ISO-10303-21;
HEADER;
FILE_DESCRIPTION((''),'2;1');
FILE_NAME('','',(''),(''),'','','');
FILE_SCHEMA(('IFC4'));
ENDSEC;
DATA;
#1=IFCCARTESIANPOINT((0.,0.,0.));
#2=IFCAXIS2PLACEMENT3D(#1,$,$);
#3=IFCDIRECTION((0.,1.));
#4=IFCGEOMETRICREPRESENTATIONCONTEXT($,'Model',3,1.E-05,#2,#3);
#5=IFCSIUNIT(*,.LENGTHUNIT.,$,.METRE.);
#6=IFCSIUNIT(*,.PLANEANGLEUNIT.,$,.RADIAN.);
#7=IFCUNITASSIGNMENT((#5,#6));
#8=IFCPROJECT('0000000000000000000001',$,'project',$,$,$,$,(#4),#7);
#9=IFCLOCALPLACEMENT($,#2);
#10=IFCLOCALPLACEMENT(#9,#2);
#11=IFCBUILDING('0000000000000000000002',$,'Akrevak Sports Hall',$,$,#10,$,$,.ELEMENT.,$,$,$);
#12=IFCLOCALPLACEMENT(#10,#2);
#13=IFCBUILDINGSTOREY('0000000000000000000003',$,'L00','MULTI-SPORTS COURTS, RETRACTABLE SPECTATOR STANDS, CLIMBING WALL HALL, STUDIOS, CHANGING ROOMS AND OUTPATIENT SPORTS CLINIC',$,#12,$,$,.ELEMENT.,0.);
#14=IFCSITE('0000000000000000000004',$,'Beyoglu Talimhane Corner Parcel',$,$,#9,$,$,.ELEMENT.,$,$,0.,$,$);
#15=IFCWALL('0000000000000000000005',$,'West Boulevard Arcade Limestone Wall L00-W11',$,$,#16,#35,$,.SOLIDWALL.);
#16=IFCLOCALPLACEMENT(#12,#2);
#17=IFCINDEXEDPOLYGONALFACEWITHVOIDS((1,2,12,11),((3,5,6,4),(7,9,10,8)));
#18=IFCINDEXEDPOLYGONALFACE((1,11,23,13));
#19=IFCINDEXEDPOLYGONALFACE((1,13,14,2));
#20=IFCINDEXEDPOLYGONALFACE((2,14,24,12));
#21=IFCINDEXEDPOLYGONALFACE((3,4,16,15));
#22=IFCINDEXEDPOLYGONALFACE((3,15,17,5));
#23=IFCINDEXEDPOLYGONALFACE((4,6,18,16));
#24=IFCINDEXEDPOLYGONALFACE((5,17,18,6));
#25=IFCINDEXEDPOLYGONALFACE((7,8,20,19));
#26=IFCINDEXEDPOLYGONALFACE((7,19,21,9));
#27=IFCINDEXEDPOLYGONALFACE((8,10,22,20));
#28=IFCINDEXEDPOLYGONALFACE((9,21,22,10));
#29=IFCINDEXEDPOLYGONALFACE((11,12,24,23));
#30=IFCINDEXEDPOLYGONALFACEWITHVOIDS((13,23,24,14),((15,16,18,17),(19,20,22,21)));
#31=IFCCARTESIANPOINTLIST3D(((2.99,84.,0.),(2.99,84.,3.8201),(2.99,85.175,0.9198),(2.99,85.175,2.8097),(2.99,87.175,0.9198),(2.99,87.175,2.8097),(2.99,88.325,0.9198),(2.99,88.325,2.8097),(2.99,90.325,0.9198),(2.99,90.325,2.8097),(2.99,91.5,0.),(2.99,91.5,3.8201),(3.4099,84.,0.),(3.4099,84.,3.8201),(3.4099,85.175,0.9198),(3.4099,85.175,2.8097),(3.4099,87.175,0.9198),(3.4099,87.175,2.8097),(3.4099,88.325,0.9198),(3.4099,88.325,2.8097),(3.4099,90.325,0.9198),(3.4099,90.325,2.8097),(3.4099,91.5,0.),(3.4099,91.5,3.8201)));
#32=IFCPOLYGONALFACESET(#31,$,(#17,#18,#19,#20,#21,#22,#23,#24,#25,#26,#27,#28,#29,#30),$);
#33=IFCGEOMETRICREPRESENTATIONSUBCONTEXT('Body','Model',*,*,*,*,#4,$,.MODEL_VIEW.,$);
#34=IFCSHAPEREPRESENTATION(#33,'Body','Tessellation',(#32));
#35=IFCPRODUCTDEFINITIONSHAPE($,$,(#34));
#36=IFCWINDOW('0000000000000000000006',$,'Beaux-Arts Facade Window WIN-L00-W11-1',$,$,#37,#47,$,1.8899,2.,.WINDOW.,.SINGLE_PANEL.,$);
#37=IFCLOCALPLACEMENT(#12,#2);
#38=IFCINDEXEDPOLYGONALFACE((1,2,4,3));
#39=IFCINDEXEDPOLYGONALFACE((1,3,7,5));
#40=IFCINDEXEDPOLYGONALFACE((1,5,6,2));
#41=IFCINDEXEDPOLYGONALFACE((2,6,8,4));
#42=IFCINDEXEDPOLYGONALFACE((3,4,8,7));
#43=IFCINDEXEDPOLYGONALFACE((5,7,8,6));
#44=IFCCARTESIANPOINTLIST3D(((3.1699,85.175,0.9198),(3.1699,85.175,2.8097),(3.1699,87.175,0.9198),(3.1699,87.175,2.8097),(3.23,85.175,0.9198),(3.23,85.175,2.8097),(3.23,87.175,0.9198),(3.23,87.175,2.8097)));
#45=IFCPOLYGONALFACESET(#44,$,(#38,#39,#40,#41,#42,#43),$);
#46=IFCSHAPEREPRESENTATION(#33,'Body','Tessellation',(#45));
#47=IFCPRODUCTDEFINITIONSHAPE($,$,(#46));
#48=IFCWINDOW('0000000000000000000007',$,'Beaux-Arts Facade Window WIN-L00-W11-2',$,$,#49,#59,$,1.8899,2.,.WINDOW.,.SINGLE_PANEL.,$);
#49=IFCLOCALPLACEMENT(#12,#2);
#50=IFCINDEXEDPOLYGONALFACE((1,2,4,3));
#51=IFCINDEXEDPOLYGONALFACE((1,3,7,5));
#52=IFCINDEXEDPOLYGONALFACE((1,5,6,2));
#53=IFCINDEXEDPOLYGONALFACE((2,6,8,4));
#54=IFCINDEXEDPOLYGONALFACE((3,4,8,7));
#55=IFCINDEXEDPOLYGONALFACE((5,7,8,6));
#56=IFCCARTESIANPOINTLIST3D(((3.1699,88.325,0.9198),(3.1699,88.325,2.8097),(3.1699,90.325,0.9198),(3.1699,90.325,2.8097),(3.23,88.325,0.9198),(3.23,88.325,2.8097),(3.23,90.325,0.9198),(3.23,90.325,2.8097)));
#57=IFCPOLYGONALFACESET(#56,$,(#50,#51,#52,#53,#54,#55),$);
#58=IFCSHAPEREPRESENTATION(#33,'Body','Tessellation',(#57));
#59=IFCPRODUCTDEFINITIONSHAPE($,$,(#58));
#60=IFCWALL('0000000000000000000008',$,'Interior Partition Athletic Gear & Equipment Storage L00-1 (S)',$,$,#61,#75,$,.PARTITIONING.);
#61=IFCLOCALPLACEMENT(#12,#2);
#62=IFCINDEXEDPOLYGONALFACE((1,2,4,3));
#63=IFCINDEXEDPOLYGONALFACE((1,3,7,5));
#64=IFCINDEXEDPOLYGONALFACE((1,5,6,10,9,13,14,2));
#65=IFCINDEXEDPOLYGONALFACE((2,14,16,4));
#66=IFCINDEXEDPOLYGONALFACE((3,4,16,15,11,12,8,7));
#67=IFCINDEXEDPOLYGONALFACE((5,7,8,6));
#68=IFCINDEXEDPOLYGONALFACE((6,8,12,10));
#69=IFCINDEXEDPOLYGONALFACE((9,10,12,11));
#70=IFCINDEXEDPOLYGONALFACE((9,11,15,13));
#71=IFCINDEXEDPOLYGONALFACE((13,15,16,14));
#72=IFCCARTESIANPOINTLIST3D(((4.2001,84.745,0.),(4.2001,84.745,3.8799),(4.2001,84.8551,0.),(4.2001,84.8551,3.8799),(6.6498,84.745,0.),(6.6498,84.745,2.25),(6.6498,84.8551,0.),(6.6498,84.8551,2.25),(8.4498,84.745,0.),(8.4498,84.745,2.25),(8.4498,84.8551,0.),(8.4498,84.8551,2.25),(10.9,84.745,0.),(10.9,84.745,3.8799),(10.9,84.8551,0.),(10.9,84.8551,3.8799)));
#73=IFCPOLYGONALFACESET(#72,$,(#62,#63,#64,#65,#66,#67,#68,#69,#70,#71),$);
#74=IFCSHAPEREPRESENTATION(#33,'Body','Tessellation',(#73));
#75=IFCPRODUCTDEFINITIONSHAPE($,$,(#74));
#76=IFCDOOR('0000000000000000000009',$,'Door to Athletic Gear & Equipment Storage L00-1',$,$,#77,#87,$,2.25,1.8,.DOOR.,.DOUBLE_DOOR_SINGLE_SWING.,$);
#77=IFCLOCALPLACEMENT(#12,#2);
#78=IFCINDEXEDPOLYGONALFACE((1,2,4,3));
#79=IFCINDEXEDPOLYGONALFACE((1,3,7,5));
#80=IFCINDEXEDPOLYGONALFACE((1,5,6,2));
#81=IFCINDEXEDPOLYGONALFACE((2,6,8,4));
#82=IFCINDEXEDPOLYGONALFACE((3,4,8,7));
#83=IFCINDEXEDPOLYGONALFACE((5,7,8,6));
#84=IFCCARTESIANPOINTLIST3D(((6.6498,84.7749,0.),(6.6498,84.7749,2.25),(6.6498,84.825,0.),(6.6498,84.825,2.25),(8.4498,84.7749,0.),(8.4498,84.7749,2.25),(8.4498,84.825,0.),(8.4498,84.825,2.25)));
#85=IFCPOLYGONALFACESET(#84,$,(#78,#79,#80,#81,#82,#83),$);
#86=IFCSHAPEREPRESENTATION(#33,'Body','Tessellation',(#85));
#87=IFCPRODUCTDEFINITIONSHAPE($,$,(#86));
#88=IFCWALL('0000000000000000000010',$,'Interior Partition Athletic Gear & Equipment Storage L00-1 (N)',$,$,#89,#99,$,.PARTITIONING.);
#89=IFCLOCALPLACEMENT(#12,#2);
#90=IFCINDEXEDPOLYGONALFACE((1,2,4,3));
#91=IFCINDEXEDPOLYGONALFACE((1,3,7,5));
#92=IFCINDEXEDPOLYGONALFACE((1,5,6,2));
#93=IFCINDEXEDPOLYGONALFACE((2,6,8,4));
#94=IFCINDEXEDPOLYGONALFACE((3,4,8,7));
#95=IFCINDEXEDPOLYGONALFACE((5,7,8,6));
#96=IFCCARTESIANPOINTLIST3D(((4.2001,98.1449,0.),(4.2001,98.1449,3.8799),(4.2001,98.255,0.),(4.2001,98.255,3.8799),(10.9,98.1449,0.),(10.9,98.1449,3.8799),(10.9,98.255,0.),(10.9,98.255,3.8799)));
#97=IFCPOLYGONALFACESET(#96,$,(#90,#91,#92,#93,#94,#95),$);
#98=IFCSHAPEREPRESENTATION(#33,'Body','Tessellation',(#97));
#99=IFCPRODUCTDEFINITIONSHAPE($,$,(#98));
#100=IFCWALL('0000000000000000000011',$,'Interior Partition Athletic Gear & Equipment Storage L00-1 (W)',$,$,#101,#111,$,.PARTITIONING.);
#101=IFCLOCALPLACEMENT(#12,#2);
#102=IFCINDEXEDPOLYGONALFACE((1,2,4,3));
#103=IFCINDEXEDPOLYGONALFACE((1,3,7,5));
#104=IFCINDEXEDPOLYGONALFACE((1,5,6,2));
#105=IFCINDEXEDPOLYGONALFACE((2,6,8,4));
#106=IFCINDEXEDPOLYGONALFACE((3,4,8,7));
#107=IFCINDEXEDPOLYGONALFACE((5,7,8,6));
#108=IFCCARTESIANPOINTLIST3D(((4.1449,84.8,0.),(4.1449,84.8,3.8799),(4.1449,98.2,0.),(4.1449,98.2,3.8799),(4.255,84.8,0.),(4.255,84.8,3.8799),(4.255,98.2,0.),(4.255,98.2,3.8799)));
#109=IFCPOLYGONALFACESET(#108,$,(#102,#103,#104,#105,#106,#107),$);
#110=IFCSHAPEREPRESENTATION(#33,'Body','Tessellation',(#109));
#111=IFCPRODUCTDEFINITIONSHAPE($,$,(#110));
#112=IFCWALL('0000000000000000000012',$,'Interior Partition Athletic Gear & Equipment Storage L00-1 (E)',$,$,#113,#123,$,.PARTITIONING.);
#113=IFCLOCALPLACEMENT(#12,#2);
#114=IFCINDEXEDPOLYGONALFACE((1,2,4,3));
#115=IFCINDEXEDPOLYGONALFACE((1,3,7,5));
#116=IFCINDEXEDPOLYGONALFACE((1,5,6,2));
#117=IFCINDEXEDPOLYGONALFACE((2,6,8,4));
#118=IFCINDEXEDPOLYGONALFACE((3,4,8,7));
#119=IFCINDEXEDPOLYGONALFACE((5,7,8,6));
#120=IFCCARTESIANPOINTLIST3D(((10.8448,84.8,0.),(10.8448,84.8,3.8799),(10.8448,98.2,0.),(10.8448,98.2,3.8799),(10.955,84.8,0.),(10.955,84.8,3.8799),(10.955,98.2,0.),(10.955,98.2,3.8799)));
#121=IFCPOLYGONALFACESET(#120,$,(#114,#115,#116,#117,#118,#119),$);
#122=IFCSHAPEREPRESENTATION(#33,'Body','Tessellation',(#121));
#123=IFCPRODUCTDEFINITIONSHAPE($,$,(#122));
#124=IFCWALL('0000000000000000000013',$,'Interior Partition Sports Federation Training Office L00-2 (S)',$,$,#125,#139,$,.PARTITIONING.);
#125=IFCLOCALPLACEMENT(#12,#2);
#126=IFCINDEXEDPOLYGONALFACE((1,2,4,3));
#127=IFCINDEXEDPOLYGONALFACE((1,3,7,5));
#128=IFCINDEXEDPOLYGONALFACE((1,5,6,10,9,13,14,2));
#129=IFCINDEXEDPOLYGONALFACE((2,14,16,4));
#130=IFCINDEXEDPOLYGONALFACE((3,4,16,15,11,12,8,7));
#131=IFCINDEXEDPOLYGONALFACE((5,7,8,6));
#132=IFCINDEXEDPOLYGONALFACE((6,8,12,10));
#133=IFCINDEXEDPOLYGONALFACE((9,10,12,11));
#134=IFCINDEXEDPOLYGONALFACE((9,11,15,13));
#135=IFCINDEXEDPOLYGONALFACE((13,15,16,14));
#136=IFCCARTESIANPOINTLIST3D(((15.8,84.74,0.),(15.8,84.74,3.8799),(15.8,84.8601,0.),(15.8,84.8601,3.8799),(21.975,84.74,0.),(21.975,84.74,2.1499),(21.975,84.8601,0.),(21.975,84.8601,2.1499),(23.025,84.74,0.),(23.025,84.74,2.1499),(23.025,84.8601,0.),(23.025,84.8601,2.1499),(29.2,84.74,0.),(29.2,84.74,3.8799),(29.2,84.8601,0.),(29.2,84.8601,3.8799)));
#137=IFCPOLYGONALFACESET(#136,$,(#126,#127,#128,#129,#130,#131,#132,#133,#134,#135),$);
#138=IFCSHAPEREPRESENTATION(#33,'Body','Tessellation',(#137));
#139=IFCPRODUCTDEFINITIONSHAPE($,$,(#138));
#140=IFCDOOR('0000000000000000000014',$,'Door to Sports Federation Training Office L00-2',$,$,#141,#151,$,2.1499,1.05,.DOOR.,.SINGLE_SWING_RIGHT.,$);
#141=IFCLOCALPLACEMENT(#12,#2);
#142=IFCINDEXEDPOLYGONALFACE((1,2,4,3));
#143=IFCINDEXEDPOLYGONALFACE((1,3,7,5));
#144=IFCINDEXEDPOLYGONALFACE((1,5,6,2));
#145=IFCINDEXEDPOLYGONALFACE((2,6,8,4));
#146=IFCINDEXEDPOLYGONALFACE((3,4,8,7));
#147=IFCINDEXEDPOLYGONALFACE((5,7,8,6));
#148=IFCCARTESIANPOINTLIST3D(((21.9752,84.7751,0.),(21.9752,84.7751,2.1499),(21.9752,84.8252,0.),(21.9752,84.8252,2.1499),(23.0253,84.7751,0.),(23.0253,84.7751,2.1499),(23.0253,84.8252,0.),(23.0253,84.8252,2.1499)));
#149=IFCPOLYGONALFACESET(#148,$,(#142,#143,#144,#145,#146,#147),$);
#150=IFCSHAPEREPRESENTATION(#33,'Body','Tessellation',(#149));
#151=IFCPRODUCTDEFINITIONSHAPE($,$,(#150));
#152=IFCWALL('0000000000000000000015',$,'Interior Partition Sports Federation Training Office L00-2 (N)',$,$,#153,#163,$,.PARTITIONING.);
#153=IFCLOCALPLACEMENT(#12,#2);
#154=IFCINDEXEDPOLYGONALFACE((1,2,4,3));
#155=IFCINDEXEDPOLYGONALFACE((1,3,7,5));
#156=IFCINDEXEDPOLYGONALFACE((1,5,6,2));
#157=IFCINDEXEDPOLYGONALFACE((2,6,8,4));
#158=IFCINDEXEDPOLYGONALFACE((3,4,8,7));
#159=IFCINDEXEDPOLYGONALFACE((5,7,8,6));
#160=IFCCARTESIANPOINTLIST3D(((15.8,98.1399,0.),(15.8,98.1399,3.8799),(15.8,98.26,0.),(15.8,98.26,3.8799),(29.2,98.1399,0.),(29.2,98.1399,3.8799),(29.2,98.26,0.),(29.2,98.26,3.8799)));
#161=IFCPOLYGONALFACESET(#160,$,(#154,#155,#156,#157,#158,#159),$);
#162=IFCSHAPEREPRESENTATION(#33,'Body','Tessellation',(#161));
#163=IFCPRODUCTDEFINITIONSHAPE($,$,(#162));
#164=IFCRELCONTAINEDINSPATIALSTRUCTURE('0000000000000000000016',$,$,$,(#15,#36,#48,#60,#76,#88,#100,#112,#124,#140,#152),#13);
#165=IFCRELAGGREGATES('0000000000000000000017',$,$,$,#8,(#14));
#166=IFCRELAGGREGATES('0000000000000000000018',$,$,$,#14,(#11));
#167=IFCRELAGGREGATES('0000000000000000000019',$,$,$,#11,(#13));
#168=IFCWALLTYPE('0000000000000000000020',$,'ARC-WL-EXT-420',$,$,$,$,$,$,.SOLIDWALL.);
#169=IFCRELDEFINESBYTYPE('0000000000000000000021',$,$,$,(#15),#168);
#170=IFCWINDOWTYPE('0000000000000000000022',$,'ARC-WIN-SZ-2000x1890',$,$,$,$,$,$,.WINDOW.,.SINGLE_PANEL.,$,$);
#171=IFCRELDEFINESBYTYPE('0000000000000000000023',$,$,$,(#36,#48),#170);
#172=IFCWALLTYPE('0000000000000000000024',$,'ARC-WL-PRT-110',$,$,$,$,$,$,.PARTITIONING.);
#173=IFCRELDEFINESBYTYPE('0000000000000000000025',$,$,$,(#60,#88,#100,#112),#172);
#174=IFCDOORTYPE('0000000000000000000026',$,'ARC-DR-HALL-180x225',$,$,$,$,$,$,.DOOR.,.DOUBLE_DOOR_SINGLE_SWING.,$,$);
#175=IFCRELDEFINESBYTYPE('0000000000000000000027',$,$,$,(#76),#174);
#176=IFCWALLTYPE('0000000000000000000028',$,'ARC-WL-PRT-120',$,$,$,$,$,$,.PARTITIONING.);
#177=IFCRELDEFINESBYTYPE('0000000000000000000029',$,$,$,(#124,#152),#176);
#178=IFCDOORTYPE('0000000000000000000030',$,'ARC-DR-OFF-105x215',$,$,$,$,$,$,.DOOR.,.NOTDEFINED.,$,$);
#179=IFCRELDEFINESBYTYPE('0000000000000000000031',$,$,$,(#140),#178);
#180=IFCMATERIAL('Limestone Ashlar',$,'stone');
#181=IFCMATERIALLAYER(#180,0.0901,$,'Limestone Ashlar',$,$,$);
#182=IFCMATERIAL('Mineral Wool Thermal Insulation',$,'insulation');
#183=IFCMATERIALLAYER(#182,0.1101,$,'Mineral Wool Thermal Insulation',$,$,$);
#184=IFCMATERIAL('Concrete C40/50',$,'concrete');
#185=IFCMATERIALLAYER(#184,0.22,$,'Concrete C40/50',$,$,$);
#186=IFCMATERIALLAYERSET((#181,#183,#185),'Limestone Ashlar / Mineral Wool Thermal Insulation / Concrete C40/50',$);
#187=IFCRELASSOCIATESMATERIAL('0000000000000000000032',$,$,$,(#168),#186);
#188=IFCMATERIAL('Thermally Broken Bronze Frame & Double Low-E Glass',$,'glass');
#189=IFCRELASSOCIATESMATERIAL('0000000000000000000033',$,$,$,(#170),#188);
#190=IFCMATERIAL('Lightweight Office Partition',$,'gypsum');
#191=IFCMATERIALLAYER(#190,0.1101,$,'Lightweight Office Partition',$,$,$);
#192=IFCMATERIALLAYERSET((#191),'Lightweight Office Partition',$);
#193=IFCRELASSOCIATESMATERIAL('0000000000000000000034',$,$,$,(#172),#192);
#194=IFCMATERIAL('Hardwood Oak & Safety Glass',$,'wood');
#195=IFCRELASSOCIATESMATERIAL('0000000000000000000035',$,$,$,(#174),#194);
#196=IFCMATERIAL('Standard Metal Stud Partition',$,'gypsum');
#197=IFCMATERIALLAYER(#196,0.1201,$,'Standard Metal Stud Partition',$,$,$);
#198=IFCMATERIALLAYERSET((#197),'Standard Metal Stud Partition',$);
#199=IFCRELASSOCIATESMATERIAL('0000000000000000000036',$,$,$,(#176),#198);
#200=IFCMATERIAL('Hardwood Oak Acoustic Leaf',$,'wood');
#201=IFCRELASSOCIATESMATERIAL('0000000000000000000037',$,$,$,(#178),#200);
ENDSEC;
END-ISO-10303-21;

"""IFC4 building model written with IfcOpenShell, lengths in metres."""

from ifc_helpers import new_model, si_unit, direction, frame, frame_2d, origin, place, context, subcontext, project, spatial, rectangle, extrude, material, layer, layer_set, type_object, element, fill, save


model = new_model("IFC4")

# Units and contexts
model_context = context("Model", 3, precision=1e-05, world=origin(), true_north=direction((0.0, 1.0)))
body_context = subcontext(model_context, "Body", "Model", "MODEL_VIEW")
ifc_project = project(units=[si_unit("LENGTHUNIT", "METRE"), si_unit("PLANEANGLEUNIT", "RADIAN")], contexts=[model_context])

# Site, building, storey
site_placement = place(None, origin())
site = spatial("IfcSite", under=ifc_project, at=site_placement, Name="Beyoglu Talimhane Corner Parcel", CompositionType="ELEMENT", RefElevation=0.0)
building_placement = place(site_placement, origin())
building = spatial("IfcBuilding", under=site, at=building_placement, Name="Akrevak Sports Hall", CompositionType="ELEMENT")
storey_placement = place(building_placement, origin())
storey = spatial("IfcBuildingStorey", under=building, at=storey_placement, Name="L00", Description="MULTI-SPORTS COURTS, RETRACTABLE SPECTATOR STANDS, CLIMBING WALL HALL, STUDIOS, CHANGING ROOMS AND OUTPATIENT SPORTS CLINIC", CompositionType="ELEMENT", Elevation=0.0)

# Shared definitions
ifc_material_1 = material(Name="Concrete C40/50", Category="concrete")

# Shared definitions
ifc_material_2 = material(Name="Limestone Ashlar", Category="stone")
ifc_layer_1 = layer(ifc_material_2, 0.0901, Name="Limestone Ashlar")
ifc_material_3 = material(Name="Mineral Wool Thermal Insulation", Category="insulation")
ifc_layer_2 = layer(ifc_material_3, 0.1101, Name="Mineral Wool Thermal Insulation")
ifc_layer_3 = layer(ifc_material_1, 0.22, Name="Concrete C40/50")
ifc_layer_set_1 = layer_set([ifc_layer_1, ifc_layer_2, ifc_layer_3], Name="Limestone Ashlar / Mineral Wool Thermal Insulation / Concrete C40/50")
wall_type_1 = type_object("IfcWallType", Name="ARC-WL-EXT-420", PredefinedType="SOLIDWALL", material=ifc_layer_set_1)

# Wall, openings, windows
wall_1_placement = place(storey_placement, frame((3.2, 91.5, 0.0), z_axis=(0.0, 0.0, 1.0), x_axis=(0.0, -1.0, 0.0)))
wall_1 = element("IfcWall", 1, at=wall_1_placement, inside=storey, type_object=wall_type_1, Name="West Boulevard Arcade Limestone Wall L00-W11", PredefinedType="SOLIDWALL", context=body_context, shape_type="SweptSolid", body=[
    extrude(rectangle(XDim=7.5, YDim=0.4199, at=frame_2d((3.75, 0.0))), origin(), (0.0, 0.0, 1.0), 3.8201),
])
opening_1_placement = place(wall_1_placement, frame((4.325, 0.0, 0.9199)))
opening_1 = element("IfcOpeningElement", 2, at=opening_1_placement, cuts=wall_1, PredefinedType="OPENING", context=body_context, shape_type="SweptSolid", body=[
    extrude(rectangle(XDim=2.0, YDim=1.8899, at=frame_2d((1.0, 0.9448))), frame((0.0, 0.2219, 0.0), z_axis=(0.0, -1.0, 0.0), x_axis=(1.0, 0.0, 0.0)), (0.0, 0.0, 1.0), 0.4438),
])
opening_2_placement = place(wall_1_placement, frame((1.175, 0.0, 0.9199)))
opening_2 = element("IfcOpeningElement", 3, at=opening_2_placement, cuts=wall_1, PredefinedType="OPENING", context=body_context, shape_type="SweptSolid", body=[
    extrude(rectangle(XDim=2.0, YDim=1.8899, at=frame_2d((1.0, 0.9448))), frame((0.0, 0.2219, 0.0), z_axis=(0.0, -1.0, 0.0), x_axis=(1.0, 0.0, 0.0)), (0.0, 0.0, 1.0), 0.4438),
])
ifc_material_4 = material(Name="Thermally Broken Bronze Frame & Double Low-E Glass", Category="glass")
window_type = type_object("IfcWindowType", Name="ARC-WIN-SZ-2000x1890", PartitioningType="SINGLE_PANEL", PredefinedType="WINDOW", material=ifc_material_4)
window_1_placement = place(opening_1_placement, origin())
window_1 = element("IfcWindow", 4, at=window_1_placement, inside=storey, type_object=window_type, Name="Beaux-Arts Facade Window WIN-L00-W11-1", OverallHeight=1.8899, OverallWidth=2.0, PartitioningType="SINGLE_PANEL", PredefinedType="WINDOW", context=body_context, shape_type="SweptSolid", body=[
    extrude(rectangle(XDim=2.0, YDim=1.8899, at=frame_2d((1.0, 0.9448))), frame((0.0, 0.03, 0.0), z_axis=(0.0, -1.0, 0.0), x_axis=(1.0, 0.0, 0.0)), (0.0, 0.0, 1.0), 0.0601),
])
fill(opening_1, window_1)
window_2_placement = place(opening_2_placement, origin())
window_2 = element("IfcWindow", 5, at=window_2_placement, inside=storey, type_object=window_type, Name="Beaux-Arts Facade Window WIN-L00-W11-2", OverallHeight=1.8899, OverallWidth=2.0, PartitioningType="SINGLE_PANEL", PredefinedType="WINDOW", context=body_context, shape_type="SweptSolid", body=[
    extrude(rectangle(XDim=2.0, YDim=1.8899, at=frame_2d((1.0, 0.9448))), frame((0.0, 0.03, 0.0), z_axis=(0.0, -1.0, 0.0), x_axis=(1.0, 0.0, 0.0)), (0.0, 0.0, 1.0), 0.0601),
])
fill(opening_2, window_2)

# Wall, opening, door
ifc_material_5 = material(Name="Lightweight Office Partition", Category="gypsum")
ifc_layer_4 = layer(ifc_material_5, 0.1101, Name="Lightweight Office Partition")
ifc_layer_set_2 = layer_set([ifc_layer_4], Name="Lightweight Office Partition")
wall_type_2 = type_object("IfcWallType", Name="ARC-WL-PRT-110", PredefinedType="PARTITIONING", material=ifc_layer_set_2)
wall_2_placement = place(storey_placement, frame((4.2, 84.8, 0.0), z_axis=(0.0, 0.0, 1.0), x_axis=(1.0, 0.0, 0.0)))
wall_2 = element("IfcWall", 6, at=wall_2_placement, inside=storey, type_object=wall_type_2, Name="Interior Partition Athletic Gear & Equipment Storage L00-1 (S)", PredefinedType="PARTITIONING", context=body_context, shape_type="SweptSolid", body=[
    extrude(rectangle(XDim=6.7, YDim=0.1101, at=frame_2d((3.3501, 0.0))), origin(), (0.0, 0.0, 1.0), 3.8799),
])
opening_3_placement = place(wall_2_placement, frame((2.45, 0.0, 0.0)))
opening_3 = element("IfcOpeningElement", 7, at=opening_3_placement, cuts=wall_2, PredefinedType="OPENING", context=body_context, shape_type="SweptSolid", body=[
    extrude(rectangle(XDim=1.8, YDim=2.25, at=frame_2d((0.8999, 1.125))), frame((0.0, 0.0669, 0.0), z_axis=(0.0, -1.0, 0.0), x_axis=(1.0, 0.0, 0.0)), (0.0, 0.0, 1.0), 0.134),
])
ifc_material_6 = material(Name="Hardwood Oak & Safety Glass", Category="wood")
door_type_1 = type_object("IfcDoorType", Name="ARC-DR-HALL-180x225", OperationType="DOUBLE_DOOR_SINGLE_SWING", PredefinedType="DOOR", material=ifc_material_6)
door_1_placement = place(opening_3_placement, origin())
door_1 = element("IfcDoor", 8, at=door_1_placement, inside=storey, type_object=door_type_1, Name="Door to Athletic Gear & Equipment Storage L00-1", OperationType="DOUBLE_DOOR_SINGLE_SWING", OverallHeight=2.25, OverallWidth=1.8, PredefinedType="DOOR", context=body_context, shape_type="SweptSolid", body=[
    extrude(rectangle(XDim=1.8, YDim=2.25, at=frame_2d((0.8999, 1.125))), frame((0.0, 0.0249, 0.0), z_axis=(0.0, -1.0, 0.0), x_axis=(1.0, 0.0, 0.0)), (0.0, 0.0, 1.0), 0.05),
])
fill(opening_3, door_1)

# Walls
wall_3_placement = place(storey_placement, frame((4.2, 98.2, 0.0), z_axis=(0.0, 0.0, 1.0), x_axis=(1.0, 0.0, 0.0)))
element("IfcWall", 9, at=wall_3_placement, inside=storey, type_object=wall_type_2, Name="Interior Partition Athletic Gear & Equipment Storage L00-1 (N)", PredefinedType="PARTITIONING", context=body_context, shape_type="SweptSolid", body=[
    extrude(rectangle(XDim=6.7, YDim=0.1101, at=frame_2d((3.3501, 0.0))), origin(), (0.0, 0.0, 1.0), 3.8799),
])
for number, where, z_axis, x_axis, name in (
    (10, (4.2, 84.8, 0.0), (0.0, 0.0, 1.0), (0.0, 1.0, 0.0), "Interior Partition Athletic Gear & Equipment Storage L00-1 (W)"),
    (11, (10.8999, 84.8, 0.0), (0.0, 0.0, 1.0), (0.0, 1.0, 0.0), "Interior Partition Athletic Gear & Equipment Storage L00-1 (E)"),
):
    element("IfcWall", number, at=place(storey_placement, frame(where, z_axis=z_axis, x_axis=x_axis)), inside=storey, type_object=wall_type_2, Name=name, PredefinedType="PARTITIONING", context=body_context, shape_type="SweptSolid", body=[
        extrude(rectangle(XDim=13.3999, YDim=0.1101, at=frame_2d((6.7, 0.0))), origin(), (0.0, 0.0, 1.0), 3.8799),
    ])

# Wall, opening, door
ifc_material_7 = material(Name="Standard Metal Stud Partition", Category="gypsum")
ifc_layer_5 = layer(ifc_material_7, 0.1201, Name="Standard Metal Stud Partition")
ifc_layer_set_3 = layer_set([ifc_layer_5], Name="Standard Metal Stud Partition")
wall_type_3 = type_object("IfcWallType", Name="ARC-WL-PRT-120", PredefinedType="PARTITIONING", material=ifc_layer_set_3)
wall_4_placement = place(storey_placement, frame((15.8, 84.8, 0.0), z_axis=(0.0, 0.0, 1.0), x_axis=(1.0, 0.0, 0.0)))
wall_4 = element("IfcWall", 12, at=wall_4_placement, inside=storey, type_object=wall_type_3, Name="Interior Partition Sports Federation Training Office L00-2 (S)", PredefinedType="PARTITIONING", context=body_context, shape_type="SweptSolid", body=[
    extrude(rectangle(XDim=13.3999, YDim=0.1201, at=frame_2d((6.7, 0.0))), origin(), (0.0, 0.0, 1.0), 3.8799),
])
opening_4_placement = place(wall_4_placement, frame((6.175, 0.0, 0.0)))
opening_4 = element("IfcOpeningElement", 13, at=opening_4_placement, cuts=wall_4, PredefinedType="OPENING", context=body_context, shape_type="SweptSolid", body=[
    extrude(rectangle(XDim=1.05, YDim=2.1499, at=frame_2d((0.5249, 1.075))), frame((0.0, 0.072, 0.0), z_axis=(0.0, -1.0, 0.0), x_axis=(1.0, 0.0, 0.0)), (0.0, 0.0, 1.0), 0.144),
])
ifc_material_8 = material(Name="Hardwood Oak Acoustic Leaf", Category="wood")
door_type_2 = type_object("IfcDoorType", Name="ARC-DR-OFF-105x215", OperationType="NOTDEFINED", PredefinedType="DOOR", material=ifc_material_8)
door_2_placement = place(opening_4_placement, frame((1.05, 0.0, 0.0), z_axis=(0.0, 0.0, 1.0), x_axis=(-1.0, 0.0, 0.0)))
door_2 = element("IfcDoor", 14, at=door_2_placement, inside=storey, type_object=door_type_2, Name="Door to Sports Federation Training Office L00-2", OperationType="SINGLE_SWING_RIGHT", OverallHeight=2.1499, OverallWidth=1.05, PredefinedType="DOOR", context=body_context, shape_type="SweptSolid", body=[
    extrude(rectangle(XDim=1.05, YDim=2.1499, at=frame_2d((0.5249, 1.075))), frame((0.0, 0.0249, 0.0), z_axis=(0.0, -1.0, 0.0), x_axis=(1.0, 0.0, 0.0)), (0.0, 0.0, 1.0), 0.05),
])
fill(opening_4, door_2)

# Wall
for number, where, z_axis, x_axis, name in (
    (15, (15.8, 98.2, 0.0), (0.0, 0.0, 1.0), (1.0, 0.0, 0.0), "Interior Partition Sports Federation Training Office L00-2 (N)"),
):
    element("IfcWall", number, at=place(storey_placement, frame(where, z_axis=z_axis, x_axis=x_axis)), inside=storey, type_object=wall_type_3, Name=name, PredefinedType="PARTITIONING", context=body_context, shape_type="SweptSolid", body=[
        extrude(rectangle(XDim=13.3999, YDim=0.1201, at=frame_2d((6.7, 0.0))), origin(), (0.0, 0.0, 1.0), 3.8799),
    ])

save(model, "model.ifc")
